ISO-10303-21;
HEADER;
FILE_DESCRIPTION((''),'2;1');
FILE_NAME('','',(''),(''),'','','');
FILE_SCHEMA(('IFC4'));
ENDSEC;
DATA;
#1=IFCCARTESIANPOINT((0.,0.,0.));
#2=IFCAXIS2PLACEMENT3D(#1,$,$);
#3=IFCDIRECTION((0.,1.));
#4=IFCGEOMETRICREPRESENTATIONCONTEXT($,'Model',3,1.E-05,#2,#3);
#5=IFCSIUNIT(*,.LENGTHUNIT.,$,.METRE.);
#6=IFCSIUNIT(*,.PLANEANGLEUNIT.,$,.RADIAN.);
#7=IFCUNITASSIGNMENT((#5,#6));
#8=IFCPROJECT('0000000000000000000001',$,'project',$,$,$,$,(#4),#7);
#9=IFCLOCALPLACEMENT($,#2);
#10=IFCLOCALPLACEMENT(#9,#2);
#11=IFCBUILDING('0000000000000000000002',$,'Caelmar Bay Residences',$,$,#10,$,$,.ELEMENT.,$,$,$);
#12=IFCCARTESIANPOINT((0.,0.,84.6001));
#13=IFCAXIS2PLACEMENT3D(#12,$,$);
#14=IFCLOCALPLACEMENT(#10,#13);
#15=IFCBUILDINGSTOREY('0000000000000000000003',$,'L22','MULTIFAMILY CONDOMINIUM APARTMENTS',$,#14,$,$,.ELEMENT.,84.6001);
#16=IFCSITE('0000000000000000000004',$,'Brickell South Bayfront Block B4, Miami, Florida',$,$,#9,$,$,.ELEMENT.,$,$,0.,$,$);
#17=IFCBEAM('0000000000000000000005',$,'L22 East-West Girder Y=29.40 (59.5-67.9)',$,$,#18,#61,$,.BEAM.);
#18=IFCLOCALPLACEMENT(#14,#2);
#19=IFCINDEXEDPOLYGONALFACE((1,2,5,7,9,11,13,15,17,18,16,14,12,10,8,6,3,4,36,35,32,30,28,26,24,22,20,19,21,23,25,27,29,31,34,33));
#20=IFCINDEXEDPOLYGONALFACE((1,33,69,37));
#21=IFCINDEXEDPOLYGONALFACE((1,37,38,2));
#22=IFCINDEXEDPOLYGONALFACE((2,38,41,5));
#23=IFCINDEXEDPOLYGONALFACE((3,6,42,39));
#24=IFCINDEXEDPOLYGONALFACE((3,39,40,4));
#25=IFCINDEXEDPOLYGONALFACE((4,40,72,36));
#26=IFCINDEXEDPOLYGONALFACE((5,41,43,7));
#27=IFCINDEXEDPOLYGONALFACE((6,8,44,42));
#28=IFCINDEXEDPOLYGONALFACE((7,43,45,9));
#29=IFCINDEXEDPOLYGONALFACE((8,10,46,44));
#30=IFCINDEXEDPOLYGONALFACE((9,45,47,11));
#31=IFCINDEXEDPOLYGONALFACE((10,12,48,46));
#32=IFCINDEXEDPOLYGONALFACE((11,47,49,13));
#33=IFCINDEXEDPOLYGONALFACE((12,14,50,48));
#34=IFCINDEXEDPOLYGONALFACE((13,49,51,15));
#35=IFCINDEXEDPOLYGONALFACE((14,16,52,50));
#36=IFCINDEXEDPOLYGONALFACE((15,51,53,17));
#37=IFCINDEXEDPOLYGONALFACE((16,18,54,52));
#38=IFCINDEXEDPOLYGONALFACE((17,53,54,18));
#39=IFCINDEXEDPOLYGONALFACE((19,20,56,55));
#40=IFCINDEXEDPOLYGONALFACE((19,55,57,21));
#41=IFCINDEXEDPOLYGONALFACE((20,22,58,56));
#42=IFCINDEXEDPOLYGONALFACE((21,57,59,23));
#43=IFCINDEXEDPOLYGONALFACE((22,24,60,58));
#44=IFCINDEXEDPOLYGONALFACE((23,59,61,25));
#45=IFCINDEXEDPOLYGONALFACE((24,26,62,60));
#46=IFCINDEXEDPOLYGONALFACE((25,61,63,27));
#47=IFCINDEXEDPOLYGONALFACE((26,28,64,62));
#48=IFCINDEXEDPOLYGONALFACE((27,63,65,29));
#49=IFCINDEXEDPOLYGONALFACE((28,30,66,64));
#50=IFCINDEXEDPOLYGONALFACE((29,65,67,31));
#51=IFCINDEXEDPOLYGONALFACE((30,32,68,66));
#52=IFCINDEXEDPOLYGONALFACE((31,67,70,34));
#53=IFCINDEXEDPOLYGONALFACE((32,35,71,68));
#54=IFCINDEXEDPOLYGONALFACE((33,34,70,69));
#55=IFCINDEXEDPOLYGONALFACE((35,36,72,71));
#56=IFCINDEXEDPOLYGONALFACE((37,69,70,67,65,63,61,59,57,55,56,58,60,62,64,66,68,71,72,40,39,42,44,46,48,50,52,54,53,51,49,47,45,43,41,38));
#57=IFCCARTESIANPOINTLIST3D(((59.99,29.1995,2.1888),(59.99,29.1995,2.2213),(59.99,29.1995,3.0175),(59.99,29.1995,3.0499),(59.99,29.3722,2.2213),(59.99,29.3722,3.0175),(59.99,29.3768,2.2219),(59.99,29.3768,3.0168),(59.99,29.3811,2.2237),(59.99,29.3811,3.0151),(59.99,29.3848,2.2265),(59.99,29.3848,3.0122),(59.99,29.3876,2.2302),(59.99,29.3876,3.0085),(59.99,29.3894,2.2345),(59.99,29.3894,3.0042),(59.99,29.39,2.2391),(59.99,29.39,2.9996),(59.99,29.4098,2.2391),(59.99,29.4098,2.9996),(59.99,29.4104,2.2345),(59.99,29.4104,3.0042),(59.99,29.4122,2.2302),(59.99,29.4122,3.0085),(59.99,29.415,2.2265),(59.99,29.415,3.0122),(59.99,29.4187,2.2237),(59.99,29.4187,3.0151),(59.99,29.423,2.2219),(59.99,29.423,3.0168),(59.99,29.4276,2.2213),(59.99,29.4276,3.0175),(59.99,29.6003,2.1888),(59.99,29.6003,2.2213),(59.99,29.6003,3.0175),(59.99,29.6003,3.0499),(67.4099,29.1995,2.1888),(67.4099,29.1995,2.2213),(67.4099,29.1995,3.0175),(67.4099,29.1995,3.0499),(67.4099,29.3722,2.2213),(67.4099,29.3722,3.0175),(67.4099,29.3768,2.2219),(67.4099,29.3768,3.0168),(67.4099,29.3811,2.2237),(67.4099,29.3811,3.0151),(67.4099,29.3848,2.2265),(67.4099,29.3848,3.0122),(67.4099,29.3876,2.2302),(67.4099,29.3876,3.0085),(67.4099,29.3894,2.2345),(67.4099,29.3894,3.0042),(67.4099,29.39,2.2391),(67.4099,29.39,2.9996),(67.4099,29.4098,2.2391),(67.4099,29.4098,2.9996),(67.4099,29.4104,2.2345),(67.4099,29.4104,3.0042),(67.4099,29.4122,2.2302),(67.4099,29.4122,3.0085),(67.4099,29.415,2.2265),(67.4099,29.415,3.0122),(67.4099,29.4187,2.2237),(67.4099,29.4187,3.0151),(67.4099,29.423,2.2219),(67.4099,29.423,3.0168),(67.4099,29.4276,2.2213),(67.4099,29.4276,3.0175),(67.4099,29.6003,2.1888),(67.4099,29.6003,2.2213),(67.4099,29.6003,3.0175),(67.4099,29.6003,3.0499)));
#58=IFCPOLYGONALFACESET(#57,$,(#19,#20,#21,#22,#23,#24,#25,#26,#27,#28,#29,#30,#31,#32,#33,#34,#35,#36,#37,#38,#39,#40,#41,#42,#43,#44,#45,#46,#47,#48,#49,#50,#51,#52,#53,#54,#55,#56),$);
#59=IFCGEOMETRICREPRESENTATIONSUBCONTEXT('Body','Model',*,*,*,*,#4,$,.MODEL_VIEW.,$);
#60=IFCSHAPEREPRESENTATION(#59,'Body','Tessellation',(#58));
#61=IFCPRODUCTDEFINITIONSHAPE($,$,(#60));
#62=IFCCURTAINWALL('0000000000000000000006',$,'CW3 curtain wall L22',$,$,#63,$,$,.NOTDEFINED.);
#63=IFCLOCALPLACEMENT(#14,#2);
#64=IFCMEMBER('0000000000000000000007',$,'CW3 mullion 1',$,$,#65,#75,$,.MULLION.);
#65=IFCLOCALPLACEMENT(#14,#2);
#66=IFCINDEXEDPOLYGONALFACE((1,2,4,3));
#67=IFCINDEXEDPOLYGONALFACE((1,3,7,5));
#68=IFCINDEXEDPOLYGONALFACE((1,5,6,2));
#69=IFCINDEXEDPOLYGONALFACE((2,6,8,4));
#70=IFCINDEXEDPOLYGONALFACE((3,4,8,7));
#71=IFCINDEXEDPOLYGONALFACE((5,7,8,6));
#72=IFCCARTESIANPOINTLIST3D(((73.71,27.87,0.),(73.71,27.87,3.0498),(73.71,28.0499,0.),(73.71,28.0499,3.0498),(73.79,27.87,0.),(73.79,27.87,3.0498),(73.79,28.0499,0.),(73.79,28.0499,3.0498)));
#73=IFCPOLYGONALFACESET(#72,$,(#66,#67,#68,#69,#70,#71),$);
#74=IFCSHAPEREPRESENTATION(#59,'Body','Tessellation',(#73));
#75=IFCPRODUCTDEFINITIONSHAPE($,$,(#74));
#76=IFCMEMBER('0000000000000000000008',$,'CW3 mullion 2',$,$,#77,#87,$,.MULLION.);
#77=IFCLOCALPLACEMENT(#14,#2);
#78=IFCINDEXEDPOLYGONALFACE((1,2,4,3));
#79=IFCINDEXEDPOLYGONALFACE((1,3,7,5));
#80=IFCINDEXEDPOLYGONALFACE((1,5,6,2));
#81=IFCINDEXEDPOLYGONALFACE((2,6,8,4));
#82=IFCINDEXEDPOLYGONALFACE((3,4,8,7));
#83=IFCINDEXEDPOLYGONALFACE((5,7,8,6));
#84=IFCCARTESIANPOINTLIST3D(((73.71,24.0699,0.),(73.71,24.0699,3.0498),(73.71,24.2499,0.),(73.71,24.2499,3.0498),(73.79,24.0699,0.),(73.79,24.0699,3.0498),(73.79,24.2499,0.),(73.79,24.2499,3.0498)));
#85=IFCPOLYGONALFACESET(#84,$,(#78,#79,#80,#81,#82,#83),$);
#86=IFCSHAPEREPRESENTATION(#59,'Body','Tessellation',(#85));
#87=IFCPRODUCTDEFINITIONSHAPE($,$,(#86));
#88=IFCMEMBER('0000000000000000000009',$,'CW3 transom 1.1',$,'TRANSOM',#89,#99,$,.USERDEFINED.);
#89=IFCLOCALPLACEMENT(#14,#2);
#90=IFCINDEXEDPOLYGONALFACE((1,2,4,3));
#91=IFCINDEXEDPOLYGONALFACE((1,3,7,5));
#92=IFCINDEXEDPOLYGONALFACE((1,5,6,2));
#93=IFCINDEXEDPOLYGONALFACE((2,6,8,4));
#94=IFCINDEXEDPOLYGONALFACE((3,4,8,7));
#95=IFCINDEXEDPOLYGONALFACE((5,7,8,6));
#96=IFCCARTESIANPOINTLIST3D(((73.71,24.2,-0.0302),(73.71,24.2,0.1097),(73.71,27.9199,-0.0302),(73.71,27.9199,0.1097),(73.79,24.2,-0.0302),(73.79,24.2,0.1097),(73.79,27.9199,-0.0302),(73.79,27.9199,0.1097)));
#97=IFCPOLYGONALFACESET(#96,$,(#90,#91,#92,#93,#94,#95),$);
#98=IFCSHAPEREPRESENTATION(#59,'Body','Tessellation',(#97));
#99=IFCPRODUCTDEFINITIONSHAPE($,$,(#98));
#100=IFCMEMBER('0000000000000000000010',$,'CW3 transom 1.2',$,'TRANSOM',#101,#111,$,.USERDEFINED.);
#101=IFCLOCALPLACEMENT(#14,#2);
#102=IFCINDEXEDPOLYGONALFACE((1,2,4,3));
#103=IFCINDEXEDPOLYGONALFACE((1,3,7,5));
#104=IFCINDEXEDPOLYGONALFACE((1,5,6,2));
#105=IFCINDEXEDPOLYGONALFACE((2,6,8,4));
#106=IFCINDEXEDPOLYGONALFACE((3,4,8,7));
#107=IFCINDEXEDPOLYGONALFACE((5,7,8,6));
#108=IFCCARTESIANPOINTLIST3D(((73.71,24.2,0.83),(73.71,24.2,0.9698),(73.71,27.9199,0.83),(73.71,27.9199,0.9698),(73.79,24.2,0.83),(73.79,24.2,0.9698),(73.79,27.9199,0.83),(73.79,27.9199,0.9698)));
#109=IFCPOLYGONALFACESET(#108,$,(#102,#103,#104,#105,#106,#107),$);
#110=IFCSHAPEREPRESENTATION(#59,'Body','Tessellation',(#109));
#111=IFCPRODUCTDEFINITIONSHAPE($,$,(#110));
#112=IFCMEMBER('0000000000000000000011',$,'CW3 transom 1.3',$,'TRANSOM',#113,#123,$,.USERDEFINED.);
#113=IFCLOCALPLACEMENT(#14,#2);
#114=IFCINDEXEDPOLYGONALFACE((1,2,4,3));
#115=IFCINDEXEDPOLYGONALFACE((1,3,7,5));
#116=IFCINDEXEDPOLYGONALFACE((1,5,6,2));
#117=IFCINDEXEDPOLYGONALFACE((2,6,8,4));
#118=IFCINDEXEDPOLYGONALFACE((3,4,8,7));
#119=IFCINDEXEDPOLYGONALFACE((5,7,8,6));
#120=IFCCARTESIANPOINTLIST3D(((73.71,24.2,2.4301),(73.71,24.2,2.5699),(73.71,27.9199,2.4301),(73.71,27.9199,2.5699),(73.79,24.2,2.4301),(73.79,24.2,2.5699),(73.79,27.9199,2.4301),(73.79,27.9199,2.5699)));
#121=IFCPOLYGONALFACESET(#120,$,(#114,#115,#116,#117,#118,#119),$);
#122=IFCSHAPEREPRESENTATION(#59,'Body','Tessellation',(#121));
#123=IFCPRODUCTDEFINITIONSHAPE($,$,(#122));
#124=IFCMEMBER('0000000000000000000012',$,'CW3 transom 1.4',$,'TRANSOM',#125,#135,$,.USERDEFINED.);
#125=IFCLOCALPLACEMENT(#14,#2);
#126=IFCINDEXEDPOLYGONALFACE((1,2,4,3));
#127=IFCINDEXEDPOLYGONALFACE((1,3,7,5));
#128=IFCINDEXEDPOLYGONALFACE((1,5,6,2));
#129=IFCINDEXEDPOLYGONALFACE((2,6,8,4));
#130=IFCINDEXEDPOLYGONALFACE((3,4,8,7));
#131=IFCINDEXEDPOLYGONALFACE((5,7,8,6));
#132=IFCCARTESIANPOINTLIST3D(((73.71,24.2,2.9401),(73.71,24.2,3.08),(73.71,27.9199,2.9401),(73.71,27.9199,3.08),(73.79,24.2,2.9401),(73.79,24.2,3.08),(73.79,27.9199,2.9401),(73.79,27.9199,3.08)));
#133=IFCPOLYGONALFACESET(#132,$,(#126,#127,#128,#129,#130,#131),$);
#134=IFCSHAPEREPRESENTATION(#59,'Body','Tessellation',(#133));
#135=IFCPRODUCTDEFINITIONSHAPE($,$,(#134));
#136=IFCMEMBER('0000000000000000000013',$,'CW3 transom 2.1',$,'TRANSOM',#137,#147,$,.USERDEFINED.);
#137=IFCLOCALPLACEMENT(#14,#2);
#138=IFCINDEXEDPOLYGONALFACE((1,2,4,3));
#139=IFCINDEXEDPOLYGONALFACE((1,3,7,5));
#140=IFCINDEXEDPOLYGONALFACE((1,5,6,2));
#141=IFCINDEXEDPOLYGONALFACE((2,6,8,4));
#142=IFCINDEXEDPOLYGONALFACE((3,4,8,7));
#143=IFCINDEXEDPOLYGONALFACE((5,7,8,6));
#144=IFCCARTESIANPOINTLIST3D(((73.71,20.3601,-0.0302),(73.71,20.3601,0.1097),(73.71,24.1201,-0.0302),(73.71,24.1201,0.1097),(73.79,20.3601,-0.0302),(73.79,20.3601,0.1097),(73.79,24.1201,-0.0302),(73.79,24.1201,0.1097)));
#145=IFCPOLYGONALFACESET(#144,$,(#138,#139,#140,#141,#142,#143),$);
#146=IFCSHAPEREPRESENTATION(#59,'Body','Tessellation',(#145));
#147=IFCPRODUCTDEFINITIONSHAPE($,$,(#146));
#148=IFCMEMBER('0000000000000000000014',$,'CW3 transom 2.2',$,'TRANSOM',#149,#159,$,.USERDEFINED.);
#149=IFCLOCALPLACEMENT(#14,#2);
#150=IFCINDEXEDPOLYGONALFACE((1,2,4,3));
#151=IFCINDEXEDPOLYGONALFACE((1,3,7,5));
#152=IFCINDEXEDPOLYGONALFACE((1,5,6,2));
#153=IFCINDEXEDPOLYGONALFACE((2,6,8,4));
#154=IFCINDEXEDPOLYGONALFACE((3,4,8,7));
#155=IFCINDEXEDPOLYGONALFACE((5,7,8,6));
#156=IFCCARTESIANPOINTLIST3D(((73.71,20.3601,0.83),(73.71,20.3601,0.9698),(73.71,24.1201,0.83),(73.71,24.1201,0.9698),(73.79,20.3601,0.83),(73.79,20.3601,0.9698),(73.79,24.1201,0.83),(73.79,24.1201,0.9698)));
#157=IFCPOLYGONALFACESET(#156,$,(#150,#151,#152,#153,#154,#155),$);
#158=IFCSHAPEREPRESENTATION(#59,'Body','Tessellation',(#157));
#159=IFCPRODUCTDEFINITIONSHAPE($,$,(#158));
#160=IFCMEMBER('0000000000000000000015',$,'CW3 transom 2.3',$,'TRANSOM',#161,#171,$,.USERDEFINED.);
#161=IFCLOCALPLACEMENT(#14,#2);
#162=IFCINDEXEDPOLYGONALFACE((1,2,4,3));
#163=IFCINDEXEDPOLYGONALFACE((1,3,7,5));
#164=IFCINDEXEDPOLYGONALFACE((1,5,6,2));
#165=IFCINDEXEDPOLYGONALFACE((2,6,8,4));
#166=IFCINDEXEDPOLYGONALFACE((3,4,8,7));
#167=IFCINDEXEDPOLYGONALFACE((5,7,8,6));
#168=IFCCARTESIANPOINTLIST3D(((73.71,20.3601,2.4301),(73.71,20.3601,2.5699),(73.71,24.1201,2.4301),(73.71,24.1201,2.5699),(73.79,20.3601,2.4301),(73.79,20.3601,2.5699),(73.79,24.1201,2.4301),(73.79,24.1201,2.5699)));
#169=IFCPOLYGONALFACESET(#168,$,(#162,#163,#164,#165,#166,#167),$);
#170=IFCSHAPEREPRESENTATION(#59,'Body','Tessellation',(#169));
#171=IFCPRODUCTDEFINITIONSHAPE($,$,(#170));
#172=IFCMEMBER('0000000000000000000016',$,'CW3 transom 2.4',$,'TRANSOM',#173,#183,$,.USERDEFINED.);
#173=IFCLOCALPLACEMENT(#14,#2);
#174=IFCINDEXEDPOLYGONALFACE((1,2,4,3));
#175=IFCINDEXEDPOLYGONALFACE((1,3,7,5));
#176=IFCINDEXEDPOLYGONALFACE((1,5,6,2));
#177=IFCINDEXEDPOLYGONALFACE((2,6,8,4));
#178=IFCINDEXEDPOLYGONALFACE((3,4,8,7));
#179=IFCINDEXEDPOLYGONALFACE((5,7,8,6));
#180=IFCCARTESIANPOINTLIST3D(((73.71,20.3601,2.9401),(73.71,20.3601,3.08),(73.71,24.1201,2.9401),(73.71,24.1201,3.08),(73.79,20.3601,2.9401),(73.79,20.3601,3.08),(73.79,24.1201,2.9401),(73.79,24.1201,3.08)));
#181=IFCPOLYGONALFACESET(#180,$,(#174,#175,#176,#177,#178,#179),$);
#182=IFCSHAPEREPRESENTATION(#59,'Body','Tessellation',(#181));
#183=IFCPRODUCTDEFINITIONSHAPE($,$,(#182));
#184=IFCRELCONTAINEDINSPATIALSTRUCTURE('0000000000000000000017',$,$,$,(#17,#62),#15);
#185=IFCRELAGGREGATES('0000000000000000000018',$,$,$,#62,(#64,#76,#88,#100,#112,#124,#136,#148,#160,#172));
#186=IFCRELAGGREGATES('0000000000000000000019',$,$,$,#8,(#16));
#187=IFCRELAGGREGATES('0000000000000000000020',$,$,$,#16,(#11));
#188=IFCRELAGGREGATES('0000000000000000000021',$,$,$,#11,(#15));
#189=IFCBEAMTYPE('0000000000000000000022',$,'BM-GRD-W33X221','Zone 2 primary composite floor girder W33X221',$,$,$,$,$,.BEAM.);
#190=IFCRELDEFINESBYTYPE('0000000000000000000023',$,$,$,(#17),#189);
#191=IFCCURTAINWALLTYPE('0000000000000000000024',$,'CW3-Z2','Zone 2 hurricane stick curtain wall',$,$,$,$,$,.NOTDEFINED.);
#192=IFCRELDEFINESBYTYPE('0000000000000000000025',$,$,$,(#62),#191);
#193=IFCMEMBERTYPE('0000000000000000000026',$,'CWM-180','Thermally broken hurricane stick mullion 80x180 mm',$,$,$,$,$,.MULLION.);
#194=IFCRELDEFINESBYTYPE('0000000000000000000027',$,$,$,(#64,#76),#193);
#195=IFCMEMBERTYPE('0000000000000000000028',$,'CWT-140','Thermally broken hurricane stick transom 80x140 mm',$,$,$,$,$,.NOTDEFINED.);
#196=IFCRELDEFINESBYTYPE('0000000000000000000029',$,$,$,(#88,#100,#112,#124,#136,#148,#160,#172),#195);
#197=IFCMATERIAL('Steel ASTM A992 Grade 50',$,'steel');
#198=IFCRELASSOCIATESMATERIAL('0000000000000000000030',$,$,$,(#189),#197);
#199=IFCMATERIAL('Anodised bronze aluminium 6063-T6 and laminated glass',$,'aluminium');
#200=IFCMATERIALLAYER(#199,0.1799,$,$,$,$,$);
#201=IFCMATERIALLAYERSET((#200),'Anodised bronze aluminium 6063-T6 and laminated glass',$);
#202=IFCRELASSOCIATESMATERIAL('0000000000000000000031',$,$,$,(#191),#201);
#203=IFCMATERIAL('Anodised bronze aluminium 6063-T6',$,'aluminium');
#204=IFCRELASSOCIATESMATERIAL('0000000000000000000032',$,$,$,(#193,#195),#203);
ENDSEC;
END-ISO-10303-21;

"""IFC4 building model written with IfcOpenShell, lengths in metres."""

from ifc_helpers import new_model, si_unit, direction, frame, origin, origin_2d, place, context, subcontext, project, spatial, rectangle, i_section, extrude, material, layer, layer_set, material_profile, profile_set, type_object, element, aggregate, save


model = new_model("IFC4")

# Units and contexts
model_context = context("Model", 3, precision=1e-05, world=origin(), true_north=direction((0.0, 1.0)))
body_context = subcontext(model_context, "Body", "Model", "MODEL_VIEW")
ifc_project = project(units=[si_unit("LENGTHUNIT", "METRE"), si_unit("PLANEANGLEUNIT", "RADIAN")], contexts=[model_context])

# Site, building, storey
site_placement = place(None, origin())
site = spatial("IfcSite", under=ifc_project, at=site_placement, Name="Brickell South Bayfront Block B4, Miami, Florida", CompositionType="ELEMENT", RefElevation=0.0)
building_placement = place(site_placement, origin())
building = spatial("IfcBuilding", under=site, at=building_placement, Name="Caelmar Bay Residences", CompositionType="ELEMENT")
storey_placement = place(building_placement, frame((0.0, 0.0, 84.6001)))
storey = spatial("IfcBuildingStorey", under=building, at=storey_placement, Name="L22", Description="MULTIFAMILY CONDOMINIUM APARTMENTS", CompositionType="ELEMENT", Elevation=84.6001)

# Beam
ifc_material_1 = material(Name="Steel ASTM A992 Grade 50", Category="steel")
ifc_material_profile_1 = material_profile(ifc_material_1, i_section(OverallWidth=0.4009, OverallDepth=0.8611, WebThickness=0.0198, FlangeThickness=0.0325, FilletRadius=0.0178, at=origin_2d()), Name="W33X221")
ifc_profile_set_1 = profile_set([ifc_material_profile_1], Name="Steel ASTM A992 Grade 50")
beam_type = type_object("IfcBeamType", Name="BM-GRD-W33X221", Description="Zone 2 primary composite floor girder W33X221", PredefinedType="BEAM", material=ifc_profile_set_1)
beam_placement = place(storey_placement, frame((59.99, 29.3999, 2.6194), z_axis=(1.0, 0.0, 0.0), x_axis=(0.0, 1.0, 0.0)))
element("IfcBeam", 1, at=beam_placement, inside=storey, type_object=beam_type, Name="L22 East-West Girder Y=29.40 (59.5-67.9)", PredefinedType="BEAM", context=body_context, shape_type="SweptSolid", body=[
    extrude(i_section(OverallWidth=0.4009, OverallDepth=0.8611, WebThickness=0.0198, FlangeThickness=0.0325, FilletRadius=0.0178, at=origin_2d()), origin(), (0.0, 0.0, 1.0), 7.4199),
])

# Curtain wall, members
ifc_material_2 = material(Name="Anodised bronze aluminium 6063-T6 and laminated glass", Category="aluminium")
ifc_layer_1 = layer(ifc_material_2, 0.1799)
ifc_layer_set_1 = layer_set([ifc_layer_1], Name="Anodised bronze aluminium 6063-T6 and laminated glass")
curtain_wall_type = type_object("IfcCurtainWallType", Name="CW3-Z2", Description="Zone 2 hurricane stick curtain wall", PredefinedType="NOTDEFINED", material=ifc_layer_set_1)
curtain_wall_placement = place(storey_placement, origin())
curtain_wall = element("IfcCurtainWall", 2, at=curtain_wall_placement, inside=storey, type_object=curtain_wall_type, Name="CW3 curtain wall L22", PredefinedType="NOTDEFINED")
ifc_material_3 = material(Name="Anodised bronze aluminium 6063-T6", Category="aluminium")
ifc_material_profile_2 = material_profile(ifc_material_3, rectangle(XDim=0.0801, YDim=0.1799, at=origin_2d()), Name="CWM-80X180")
ifc_profile_set_2 = profile_set([ifc_material_profile_2], Name="Anodised bronze aluminium 6063-T6")
member_type_1 = type_object("IfcMemberType", Name="CWM-180", Description="Thermally broken hurricane stick mullion 80x180 mm", PredefinedType="MULLION", material=ifc_profile_set_2)
member_1_placement = place(storey_placement, frame((73.75, 27.96, 0.0), z_axis=(0.0, 0.0, 1.0), x_axis=(1.0, 0.0, 0.0)))
member_1 = element("IfcMember", 3, at=member_1_placement, type_object=member_type_1, Name="CW3 mullion 1", PredefinedType="MULLION", context=body_context, shape_type="SweptSolid", body=[
    extrude(rectangle(XDim=0.0801, YDim=0.1799, at=origin_2d()), origin(), (0.0, 0.0, 1.0), 3.0498),
])
member_2_placement = place(storey_placement, frame((73.75, 24.1599, 0.0), z_axis=(0.0, 0.0, 1.0), x_axis=(1.0, 0.0, 0.0)))
member_2 = element("IfcMember", 4, at=member_2_placement, type_object=member_type_1, Name="CW3 mullion 2", PredefinedType="MULLION", context=body_context, shape_type="SweptSolid", body=[
    extrude(rectangle(XDim=0.0801, YDim=0.1799, at=origin_2d()), origin(), (0.0, 0.0, 1.0), 3.0498),
])
ifc_material_profile_3 = material_profile(ifc_material_3, rectangle(XDim=0.0801, YDim=0.1399, at=origin_2d()), Name="CWT-80X140")
ifc_profile_set_3 = profile_set([ifc_material_profile_3], Name="Anodised bronze aluminium 6063-T6")
member_type_2 = type_object("IfcMemberType", Name="CWT-140", Description="Thermally broken hurricane stick transom 80x140 mm", PredefinedType="NOTDEFINED", material=ifc_profile_set_3)
member_3_placement = place(storey_placement, frame((73.75, 27.9199, 0.0398), z_axis=(0.0, -1.0, 0.0), x_axis=(1.0, 0.0, 0.0)))
member_3 = element("IfcMember", 5, at=member_3_placement, type_object=member_type_2, Name="CW3 transom 1.1", ObjectType="TRANSOM", PredefinedType="USERDEFINED", context=body_context, shape_type="SweptSolid", body=[
    extrude(rectangle(XDim=0.0801, YDim=0.1399, at=origin_2d()), origin(), (0.0, 0.0, 1.0), 3.72),
])
member_4_placement = place(storey_placement, frame((73.75, 27.9199, 0.8999), z_axis=(0.0, -1.0, 0.0), x_axis=(1.0, 0.0, 0.0)))
member_4 = element("IfcMember", 6, at=member_4_placement, type_object=member_type_2, Name="CW3 transom 1.2", ObjectType="TRANSOM", PredefinedType="USERDEFINED", context=body_context, shape_type="SweptSolid", body=[
    extrude(rectangle(XDim=0.0801, YDim=0.1399, at=origin_2d()), origin(), (0.0, 0.0, 1.0), 3.72),
])
member_5_placement = place(storey_placement, frame((73.75, 27.9199, 2.5), z_axis=(0.0, -1.0, 0.0), x_axis=(1.0, 0.0, 0.0)))
member_5 = element("IfcMember", 7, at=member_5_placement, type_object=member_type_2, Name="CW3 transom 1.3", ObjectType="TRANSOM", PredefinedType="USERDEFINED", context=body_context, shape_type="SweptSolid", body=[
    extrude(rectangle(XDim=0.0801, YDim=0.1399, at=origin_2d()), origin(), (0.0, 0.0, 1.0), 3.72),
])
member_6_placement = place(storey_placement, frame((73.75, 27.9199, 3.01), z_axis=(0.0, -1.0, 0.0), x_axis=(1.0, 0.0, 0.0)))
member_6 = element("IfcMember", 8, at=member_6_placement, type_object=member_type_2, Name="CW3 transom 1.4", ObjectType="TRANSOM", PredefinedType="USERDEFINED", context=body_context, shape_type="SweptSolid", body=[
    extrude(rectangle(XDim=0.0801, YDim=0.1399, at=origin_2d()), origin(), (0.0, 0.0, 1.0), 3.72),
])
member_7_placement = place(storey_placement, frame((73.75, 24.1201, 0.0398), z_axis=(0.0, -1.0, 0.0), x_axis=(1.0, 0.0, 0.0)))
member_7 = element("IfcMember", 9, at=member_7_placement, type_object=member_type_2, Name="CW3 transom 2.1", ObjectType="TRANSOM", PredefinedType="USERDEFINED", context=body_context, shape_type="SweptSolid", body=[
    extrude(rectangle(XDim=0.0801, YDim=0.1399, at=origin_2d()), origin(), (0.0, 0.0, 1.0), 3.76),
])
member_8_placement = place(storey_placement, frame((73.75, 24.1201, 0.8999), z_axis=(0.0, -1.0, 0.0), x_axis=(1.0, 0.0, 0.0)))
member_8 = element("IfcMember", 10, at=member_8_placement, type_object=member_type_2, Name="CW3 transom 2.2", ObjectType="TRANSOM", PredefinedType="USERDEFINED", context=body_context, shape_type="SweptSolid", body=[
    extrude(rectangle(XDim=0.0801, YDim=0.1399, at=origin_2d()), origin(), (0.0, 0.0, 1.0), 3.76),
])
member_9_placement = place(storey_placement, frame((73.75, 24.1201, 2.5), z_axis=(0.0, -1.0, 0.0), x_axis=(1.0, 0.0, 0.0)))
member_9 = element("IfcMember", 11, at=member_9_placement, type_object=member_type_2, Name="CW3 transom 2.3", ObjectType="TRANSOM", PredefinedType="USERDEFINED", context=body_context, shape_type="SweptSolid", body=[
    extrude(rectangle(XDim=0.0801, YDim=0.1399, at=origin_2d()), origin(), (0.0, 0.0, 1.0), 3.76),
])
member_10_placement = place(storey_placement, frame((73.75, 24.1201, 3.01), z_axis=(0.0, -1.0, 0.0), x_axis=(1.0, 0.0, 0.0)))
member_10 = element("IfcMember", 12, at=member_10_placement, type_object=member_type_2, Name="CW3 transom 2.4", ObjectType="TRANSOM", PredefinedType="USERDEFINED", context=body_context, shape_type="SweptSolid", body=[
    extrude(rectangle(XDim=0.0801, YDim=0.1399, at=origin_2d()), origin(), (0.0, 0.0, 1.0), 3.76),
])
aggregate(curtain_wall, [member_1, member_2, member_3, member_4, member_5, member_6, member_7, member_8, member_9, member_10])

save(model, "model.ifc")
